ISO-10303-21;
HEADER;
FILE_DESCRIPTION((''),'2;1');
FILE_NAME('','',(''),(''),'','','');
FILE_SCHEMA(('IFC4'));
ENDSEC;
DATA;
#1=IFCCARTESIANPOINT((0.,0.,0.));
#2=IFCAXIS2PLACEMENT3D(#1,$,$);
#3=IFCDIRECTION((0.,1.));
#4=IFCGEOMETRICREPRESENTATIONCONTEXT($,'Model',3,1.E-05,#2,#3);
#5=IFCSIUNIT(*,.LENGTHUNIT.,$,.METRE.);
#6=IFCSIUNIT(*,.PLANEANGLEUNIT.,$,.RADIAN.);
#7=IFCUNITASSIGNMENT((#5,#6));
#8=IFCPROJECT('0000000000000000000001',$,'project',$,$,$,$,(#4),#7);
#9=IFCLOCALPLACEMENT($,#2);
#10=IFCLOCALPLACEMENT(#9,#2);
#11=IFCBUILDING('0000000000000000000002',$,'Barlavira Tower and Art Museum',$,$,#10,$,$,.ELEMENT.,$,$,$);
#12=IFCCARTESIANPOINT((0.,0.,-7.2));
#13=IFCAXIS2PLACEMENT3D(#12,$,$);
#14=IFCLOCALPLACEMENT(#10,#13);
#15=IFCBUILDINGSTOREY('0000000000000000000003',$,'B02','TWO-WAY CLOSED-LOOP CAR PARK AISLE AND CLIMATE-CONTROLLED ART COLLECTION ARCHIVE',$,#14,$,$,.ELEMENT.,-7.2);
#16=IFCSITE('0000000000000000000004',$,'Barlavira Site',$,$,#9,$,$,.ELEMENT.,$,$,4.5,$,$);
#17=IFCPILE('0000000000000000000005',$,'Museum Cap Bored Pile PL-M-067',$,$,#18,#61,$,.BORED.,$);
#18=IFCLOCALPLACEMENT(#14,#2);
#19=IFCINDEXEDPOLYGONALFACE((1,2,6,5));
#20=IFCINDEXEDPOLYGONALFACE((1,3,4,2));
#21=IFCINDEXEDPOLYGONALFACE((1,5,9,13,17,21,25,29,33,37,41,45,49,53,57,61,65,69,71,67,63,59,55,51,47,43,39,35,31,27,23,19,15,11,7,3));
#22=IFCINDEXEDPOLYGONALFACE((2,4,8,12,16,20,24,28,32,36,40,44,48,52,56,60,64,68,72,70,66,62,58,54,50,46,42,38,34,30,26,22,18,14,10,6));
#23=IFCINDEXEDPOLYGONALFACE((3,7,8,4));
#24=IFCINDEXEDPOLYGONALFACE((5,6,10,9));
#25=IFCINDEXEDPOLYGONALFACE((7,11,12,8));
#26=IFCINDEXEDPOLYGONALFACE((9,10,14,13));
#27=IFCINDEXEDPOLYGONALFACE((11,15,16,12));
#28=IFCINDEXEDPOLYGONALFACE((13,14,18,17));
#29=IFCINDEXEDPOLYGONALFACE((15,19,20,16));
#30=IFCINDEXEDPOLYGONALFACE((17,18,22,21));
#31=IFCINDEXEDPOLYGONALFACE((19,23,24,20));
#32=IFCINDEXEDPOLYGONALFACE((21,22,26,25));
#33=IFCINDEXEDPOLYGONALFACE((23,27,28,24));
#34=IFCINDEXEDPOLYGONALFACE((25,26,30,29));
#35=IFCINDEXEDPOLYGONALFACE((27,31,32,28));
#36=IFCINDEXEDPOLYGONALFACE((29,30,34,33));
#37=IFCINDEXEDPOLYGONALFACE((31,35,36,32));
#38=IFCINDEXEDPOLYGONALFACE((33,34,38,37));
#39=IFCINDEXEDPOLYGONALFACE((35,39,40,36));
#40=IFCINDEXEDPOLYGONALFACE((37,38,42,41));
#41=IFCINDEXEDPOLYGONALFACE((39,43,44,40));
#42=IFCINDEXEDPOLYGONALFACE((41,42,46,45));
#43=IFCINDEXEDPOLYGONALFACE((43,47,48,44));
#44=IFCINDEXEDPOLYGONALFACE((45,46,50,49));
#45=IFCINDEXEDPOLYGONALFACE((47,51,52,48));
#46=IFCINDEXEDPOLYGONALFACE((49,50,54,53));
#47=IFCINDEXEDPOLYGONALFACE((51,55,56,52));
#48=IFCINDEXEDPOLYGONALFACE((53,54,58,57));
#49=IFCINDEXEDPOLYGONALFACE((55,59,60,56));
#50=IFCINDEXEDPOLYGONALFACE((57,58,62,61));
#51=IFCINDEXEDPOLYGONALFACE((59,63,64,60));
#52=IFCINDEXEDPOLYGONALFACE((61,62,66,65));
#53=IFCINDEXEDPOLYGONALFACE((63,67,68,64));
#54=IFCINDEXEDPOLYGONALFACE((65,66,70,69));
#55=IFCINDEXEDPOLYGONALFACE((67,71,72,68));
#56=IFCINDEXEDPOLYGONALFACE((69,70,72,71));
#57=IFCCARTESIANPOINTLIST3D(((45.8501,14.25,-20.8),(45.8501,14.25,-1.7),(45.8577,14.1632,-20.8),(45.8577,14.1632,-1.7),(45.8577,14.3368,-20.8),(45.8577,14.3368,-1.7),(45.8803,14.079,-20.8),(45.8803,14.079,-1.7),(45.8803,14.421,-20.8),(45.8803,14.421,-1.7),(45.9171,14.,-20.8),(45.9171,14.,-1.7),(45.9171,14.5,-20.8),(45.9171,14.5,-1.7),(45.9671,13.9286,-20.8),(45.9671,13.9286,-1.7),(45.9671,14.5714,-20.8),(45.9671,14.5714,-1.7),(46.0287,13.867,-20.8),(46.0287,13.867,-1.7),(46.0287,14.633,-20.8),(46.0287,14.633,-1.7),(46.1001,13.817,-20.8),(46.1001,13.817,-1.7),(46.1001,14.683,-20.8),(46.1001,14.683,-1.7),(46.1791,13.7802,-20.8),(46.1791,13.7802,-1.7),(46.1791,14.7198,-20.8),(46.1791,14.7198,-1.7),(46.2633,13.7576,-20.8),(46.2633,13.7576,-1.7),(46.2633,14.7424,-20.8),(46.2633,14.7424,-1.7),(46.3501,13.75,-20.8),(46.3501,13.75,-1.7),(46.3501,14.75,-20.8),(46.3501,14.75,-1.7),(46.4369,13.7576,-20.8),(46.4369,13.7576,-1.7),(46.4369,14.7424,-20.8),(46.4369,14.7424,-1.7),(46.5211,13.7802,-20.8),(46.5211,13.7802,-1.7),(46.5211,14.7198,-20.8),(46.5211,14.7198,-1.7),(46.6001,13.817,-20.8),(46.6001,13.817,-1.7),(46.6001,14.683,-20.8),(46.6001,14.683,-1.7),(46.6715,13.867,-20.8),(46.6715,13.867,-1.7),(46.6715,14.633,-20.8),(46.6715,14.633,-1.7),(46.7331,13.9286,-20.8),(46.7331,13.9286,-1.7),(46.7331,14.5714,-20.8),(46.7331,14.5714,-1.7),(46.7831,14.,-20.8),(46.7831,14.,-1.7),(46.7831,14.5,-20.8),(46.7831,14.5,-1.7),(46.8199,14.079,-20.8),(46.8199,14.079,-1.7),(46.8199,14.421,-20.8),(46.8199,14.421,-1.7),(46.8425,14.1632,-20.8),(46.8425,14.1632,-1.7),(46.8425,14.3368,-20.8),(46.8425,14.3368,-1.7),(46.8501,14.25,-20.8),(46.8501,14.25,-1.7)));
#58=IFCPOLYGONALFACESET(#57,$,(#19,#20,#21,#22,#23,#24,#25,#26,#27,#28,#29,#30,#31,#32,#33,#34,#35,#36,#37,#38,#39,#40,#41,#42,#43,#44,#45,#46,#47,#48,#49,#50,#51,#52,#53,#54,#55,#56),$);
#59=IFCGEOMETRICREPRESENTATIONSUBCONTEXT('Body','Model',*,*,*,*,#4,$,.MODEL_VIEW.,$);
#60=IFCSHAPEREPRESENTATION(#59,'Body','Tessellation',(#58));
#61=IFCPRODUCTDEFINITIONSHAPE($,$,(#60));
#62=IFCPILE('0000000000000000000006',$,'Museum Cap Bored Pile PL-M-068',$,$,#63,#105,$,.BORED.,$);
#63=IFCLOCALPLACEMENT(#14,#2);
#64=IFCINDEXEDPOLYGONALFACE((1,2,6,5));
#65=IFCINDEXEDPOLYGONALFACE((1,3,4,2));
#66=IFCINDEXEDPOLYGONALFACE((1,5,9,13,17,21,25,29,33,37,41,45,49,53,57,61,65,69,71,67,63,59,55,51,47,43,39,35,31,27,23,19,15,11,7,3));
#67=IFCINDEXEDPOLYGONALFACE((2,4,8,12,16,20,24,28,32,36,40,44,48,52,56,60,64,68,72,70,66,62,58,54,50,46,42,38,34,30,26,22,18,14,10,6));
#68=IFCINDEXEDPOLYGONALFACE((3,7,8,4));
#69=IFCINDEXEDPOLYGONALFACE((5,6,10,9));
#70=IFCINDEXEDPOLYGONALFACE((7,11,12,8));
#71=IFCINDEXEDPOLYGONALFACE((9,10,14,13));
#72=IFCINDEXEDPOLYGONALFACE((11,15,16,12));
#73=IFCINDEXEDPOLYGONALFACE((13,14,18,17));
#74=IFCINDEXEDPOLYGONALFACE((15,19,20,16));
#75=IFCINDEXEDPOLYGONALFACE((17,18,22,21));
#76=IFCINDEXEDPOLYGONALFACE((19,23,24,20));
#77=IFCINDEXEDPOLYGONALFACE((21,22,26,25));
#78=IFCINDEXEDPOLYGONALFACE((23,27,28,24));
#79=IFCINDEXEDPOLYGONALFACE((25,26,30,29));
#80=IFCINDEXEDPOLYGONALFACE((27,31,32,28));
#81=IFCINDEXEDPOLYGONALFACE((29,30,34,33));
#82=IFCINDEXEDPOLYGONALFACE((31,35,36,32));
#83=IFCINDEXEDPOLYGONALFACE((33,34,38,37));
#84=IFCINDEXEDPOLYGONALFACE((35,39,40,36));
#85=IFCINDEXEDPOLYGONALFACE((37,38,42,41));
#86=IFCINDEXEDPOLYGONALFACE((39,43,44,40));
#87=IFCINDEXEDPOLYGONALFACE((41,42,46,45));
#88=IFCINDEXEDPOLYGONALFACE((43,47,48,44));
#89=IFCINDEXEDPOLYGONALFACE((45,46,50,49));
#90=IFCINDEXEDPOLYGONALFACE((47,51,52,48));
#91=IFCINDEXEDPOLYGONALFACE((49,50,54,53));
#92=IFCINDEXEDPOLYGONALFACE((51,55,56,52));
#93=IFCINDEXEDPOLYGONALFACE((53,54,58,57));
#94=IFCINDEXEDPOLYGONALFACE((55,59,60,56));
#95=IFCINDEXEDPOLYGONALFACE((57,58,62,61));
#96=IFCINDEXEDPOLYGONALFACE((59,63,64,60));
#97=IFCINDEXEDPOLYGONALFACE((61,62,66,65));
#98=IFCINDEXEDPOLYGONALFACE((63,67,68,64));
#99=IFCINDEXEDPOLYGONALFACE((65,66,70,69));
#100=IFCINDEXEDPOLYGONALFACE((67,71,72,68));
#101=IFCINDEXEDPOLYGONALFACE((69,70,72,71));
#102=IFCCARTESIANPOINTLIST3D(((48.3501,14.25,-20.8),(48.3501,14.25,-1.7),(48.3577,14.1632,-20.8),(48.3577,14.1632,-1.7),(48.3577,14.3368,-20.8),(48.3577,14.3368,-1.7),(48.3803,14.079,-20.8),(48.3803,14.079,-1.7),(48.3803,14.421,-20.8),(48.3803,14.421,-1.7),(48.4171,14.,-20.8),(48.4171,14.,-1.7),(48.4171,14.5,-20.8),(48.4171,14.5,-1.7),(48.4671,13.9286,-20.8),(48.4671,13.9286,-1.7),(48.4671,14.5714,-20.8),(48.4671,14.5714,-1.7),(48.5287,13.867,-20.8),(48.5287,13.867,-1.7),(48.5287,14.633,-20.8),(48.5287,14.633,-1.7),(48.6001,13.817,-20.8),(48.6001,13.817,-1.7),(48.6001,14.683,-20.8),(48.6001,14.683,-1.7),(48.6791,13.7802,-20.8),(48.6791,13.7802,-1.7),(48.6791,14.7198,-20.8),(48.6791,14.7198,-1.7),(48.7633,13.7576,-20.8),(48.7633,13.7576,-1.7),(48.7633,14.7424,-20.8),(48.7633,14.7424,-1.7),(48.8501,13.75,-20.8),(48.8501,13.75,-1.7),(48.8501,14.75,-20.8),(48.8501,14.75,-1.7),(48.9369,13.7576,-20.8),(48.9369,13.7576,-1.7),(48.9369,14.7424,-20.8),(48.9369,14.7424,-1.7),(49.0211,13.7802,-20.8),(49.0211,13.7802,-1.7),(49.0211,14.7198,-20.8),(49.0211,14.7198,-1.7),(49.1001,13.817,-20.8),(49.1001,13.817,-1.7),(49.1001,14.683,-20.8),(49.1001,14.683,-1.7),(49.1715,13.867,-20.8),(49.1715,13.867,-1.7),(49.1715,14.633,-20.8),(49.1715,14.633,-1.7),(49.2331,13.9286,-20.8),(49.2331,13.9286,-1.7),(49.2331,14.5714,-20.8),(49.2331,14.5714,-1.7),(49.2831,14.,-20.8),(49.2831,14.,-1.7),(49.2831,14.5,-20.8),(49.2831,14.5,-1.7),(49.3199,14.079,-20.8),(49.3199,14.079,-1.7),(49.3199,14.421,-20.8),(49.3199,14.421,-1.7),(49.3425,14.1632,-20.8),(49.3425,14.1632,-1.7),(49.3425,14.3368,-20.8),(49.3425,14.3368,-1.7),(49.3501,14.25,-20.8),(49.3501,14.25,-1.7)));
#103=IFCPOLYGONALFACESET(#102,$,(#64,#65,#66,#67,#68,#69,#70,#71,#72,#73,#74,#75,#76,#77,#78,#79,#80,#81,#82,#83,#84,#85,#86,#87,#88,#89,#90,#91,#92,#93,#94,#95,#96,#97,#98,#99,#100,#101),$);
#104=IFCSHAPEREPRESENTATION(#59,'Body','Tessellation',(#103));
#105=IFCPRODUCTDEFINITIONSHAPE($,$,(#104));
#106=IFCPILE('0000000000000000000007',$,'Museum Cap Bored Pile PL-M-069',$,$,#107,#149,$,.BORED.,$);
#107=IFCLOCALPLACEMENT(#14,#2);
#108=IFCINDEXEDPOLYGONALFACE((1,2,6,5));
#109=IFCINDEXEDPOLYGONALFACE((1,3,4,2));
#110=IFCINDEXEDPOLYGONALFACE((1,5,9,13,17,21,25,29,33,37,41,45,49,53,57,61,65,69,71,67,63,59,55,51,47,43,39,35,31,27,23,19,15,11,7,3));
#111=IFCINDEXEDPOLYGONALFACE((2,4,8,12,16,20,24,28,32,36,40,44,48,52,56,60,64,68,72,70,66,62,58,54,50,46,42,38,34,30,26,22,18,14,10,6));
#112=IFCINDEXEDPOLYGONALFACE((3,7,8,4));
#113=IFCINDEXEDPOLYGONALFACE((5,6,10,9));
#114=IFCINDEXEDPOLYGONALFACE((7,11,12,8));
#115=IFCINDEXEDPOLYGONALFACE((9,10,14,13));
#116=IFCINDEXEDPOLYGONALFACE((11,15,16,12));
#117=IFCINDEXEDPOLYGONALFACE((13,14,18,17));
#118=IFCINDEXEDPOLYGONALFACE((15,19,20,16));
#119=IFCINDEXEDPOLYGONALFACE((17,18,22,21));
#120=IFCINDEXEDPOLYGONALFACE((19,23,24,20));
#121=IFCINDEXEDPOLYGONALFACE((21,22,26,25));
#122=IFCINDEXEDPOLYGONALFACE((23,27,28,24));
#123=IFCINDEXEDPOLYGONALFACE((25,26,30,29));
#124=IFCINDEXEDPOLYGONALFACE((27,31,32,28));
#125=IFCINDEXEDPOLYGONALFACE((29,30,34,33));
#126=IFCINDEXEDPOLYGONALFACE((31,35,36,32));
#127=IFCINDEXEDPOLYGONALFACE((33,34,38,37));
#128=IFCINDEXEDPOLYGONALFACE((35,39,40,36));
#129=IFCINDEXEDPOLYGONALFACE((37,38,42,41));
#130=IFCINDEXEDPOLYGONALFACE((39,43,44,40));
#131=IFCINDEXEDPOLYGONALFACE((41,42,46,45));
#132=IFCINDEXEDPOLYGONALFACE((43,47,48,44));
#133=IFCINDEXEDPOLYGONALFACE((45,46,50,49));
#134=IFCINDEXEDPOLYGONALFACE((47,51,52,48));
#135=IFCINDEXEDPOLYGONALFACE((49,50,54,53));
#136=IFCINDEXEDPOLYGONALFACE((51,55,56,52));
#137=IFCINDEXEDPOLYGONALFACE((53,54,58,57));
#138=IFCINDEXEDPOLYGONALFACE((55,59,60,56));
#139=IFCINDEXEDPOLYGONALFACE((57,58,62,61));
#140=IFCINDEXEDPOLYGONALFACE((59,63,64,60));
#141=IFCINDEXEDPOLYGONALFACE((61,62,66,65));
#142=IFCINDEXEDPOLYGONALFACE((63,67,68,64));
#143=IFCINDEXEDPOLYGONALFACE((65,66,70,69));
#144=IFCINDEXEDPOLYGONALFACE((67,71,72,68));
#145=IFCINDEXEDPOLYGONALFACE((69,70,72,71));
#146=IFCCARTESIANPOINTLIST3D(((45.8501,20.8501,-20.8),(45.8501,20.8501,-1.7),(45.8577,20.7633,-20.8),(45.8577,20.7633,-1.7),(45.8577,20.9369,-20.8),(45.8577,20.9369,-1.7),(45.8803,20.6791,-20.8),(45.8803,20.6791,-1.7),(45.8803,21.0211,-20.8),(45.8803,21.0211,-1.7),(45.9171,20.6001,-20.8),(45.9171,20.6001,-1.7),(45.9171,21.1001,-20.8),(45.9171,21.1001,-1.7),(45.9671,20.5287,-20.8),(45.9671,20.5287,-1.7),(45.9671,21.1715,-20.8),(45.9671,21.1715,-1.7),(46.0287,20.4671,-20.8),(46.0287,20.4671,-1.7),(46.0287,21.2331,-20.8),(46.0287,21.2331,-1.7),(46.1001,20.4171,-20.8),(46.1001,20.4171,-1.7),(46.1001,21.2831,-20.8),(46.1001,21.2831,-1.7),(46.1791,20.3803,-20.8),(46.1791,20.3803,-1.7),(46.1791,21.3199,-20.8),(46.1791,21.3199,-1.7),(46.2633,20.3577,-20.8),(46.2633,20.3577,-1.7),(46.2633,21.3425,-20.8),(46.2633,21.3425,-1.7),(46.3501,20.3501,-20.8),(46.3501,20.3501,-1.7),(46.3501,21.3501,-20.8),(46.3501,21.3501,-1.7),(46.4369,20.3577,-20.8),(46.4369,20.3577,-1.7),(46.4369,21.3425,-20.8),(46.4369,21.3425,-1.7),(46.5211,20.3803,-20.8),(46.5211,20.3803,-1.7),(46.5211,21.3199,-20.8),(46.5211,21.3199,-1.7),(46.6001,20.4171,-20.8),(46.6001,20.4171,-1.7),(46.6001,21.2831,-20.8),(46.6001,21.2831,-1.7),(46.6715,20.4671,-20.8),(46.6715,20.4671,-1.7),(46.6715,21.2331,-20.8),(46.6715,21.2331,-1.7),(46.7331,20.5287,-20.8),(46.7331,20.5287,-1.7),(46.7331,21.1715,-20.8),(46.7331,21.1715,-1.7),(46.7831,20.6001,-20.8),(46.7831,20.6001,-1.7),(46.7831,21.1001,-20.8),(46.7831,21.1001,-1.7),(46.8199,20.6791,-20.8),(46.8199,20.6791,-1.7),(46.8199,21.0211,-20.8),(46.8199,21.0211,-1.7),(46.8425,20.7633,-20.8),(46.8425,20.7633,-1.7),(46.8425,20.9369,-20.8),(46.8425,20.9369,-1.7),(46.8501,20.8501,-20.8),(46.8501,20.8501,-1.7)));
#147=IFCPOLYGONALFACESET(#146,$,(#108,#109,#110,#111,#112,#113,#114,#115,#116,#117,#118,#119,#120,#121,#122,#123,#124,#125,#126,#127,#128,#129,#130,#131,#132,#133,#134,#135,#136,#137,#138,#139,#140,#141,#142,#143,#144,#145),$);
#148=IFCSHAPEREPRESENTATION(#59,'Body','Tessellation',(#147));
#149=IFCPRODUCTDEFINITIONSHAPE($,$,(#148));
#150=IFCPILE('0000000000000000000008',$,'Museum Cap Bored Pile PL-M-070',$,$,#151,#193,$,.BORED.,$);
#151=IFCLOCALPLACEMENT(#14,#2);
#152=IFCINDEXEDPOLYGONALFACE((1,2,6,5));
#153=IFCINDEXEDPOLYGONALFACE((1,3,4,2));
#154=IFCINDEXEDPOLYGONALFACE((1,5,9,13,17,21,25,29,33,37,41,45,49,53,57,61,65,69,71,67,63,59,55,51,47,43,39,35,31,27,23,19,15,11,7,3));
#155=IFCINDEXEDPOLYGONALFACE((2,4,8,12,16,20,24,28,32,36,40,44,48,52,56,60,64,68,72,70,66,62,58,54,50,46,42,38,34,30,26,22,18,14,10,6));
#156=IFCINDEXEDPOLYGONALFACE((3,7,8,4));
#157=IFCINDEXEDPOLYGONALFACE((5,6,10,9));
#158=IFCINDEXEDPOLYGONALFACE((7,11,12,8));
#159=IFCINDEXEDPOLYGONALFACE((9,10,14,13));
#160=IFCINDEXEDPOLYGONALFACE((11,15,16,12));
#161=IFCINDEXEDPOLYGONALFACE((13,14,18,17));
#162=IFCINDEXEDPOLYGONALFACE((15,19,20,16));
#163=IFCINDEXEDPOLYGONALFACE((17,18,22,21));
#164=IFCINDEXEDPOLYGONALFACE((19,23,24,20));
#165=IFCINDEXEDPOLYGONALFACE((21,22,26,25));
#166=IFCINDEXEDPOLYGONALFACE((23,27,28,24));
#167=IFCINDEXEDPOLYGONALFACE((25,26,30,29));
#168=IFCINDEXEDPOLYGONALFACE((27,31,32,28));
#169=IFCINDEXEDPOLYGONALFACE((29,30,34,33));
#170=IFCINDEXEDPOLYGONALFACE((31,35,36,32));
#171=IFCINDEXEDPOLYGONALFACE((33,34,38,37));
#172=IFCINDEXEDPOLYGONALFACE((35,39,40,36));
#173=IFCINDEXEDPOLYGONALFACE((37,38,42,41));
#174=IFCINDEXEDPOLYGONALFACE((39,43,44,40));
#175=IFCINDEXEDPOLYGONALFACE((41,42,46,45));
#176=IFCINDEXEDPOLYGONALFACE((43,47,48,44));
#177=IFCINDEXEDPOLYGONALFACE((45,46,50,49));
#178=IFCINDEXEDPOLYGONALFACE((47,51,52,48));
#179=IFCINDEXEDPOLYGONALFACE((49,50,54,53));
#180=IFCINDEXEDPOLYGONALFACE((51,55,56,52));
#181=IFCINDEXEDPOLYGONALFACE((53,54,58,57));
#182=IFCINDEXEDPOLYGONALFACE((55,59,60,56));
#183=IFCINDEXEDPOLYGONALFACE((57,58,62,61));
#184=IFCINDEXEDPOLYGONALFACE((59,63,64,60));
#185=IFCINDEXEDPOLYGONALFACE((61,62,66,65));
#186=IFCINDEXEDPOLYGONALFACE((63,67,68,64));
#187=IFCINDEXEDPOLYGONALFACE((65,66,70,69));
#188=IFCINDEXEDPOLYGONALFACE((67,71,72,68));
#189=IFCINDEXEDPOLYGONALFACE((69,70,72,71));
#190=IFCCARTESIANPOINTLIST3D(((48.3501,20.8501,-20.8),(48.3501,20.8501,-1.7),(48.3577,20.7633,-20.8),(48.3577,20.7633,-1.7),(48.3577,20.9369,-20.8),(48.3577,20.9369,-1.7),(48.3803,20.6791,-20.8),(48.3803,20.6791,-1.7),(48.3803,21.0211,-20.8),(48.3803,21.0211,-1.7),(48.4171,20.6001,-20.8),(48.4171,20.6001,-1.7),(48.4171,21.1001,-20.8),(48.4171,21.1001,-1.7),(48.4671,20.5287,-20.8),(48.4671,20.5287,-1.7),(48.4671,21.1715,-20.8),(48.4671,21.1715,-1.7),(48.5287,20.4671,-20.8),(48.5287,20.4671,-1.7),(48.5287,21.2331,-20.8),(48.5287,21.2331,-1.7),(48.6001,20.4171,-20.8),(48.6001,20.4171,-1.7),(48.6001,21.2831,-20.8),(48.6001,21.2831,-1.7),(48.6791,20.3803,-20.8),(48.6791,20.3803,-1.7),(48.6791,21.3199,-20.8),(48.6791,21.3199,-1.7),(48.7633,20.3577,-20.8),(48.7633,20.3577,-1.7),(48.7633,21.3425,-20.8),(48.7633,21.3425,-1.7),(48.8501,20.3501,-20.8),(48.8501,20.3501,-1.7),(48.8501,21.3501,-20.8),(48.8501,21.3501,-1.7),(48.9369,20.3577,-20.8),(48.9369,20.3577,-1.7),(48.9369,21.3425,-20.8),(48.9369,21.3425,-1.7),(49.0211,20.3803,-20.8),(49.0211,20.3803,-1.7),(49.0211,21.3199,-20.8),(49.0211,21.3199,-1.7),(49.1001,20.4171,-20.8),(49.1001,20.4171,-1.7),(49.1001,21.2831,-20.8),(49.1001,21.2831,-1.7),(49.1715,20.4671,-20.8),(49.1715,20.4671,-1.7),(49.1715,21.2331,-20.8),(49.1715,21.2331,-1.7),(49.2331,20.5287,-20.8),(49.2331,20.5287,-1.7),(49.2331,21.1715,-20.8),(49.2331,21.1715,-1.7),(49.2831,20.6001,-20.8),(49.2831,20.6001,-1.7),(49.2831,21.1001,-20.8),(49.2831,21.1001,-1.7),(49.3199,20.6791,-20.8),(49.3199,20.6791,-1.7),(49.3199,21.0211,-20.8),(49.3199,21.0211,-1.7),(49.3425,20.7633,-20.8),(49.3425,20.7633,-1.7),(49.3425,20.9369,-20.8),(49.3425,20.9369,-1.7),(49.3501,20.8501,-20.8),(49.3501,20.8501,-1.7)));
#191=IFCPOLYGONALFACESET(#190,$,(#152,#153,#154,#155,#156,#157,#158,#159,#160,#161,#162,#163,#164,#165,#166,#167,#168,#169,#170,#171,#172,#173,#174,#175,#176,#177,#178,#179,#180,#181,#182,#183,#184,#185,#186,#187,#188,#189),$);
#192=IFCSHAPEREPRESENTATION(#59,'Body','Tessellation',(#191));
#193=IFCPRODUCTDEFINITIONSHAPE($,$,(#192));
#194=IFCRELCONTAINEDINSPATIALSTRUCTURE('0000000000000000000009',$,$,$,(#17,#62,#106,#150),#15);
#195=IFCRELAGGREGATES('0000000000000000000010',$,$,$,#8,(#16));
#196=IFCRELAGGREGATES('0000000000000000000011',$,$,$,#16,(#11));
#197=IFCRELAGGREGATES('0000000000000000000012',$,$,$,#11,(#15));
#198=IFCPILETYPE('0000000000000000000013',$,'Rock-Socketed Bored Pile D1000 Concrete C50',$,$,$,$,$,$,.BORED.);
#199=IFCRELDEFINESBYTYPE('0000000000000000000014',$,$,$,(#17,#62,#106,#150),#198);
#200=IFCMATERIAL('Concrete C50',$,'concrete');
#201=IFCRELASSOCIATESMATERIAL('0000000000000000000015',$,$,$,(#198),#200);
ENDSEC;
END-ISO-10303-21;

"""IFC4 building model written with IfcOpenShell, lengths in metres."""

from ifc_helpers import new_model, si_unit, direction, frame, origin, origin_2d, place, context, subcontext, project, spatial, circle, extrude, material, material_profile, profile_set, type_object, element, save


model = new_model("IFC4")

# Units and contexts
model_context = context("Model", 3, precision=1e-05, world=origin(), true_north=direction((0.0, 1.0)))
body_context = subcontext(model_context, "Body", "Model", "MODEL_VIEW")
ifc_project = project(units=[si_unit("LENGTHUNIT", "METRE"), si_unit("PLANEANGLEUNIT", "RADIAN")], contexts=[model_context])

# Site, building, storey
site_placement = place(None, origin())
site = spatial("IfcSite", under=ifc_project, at=site_placement, Name="Barlavira Site", CompositionType="ELEMENT", RefElevation=4.5)
building_placement = place(site_placement, origin())
building = spatial("IfcBuilding", under=site, at=building_placement, Name="Barlavira Tower and Art Museum", CompositionType="ELEMENT")
storey_placement = place(building_placement, frame((0.0, 0.0, -7.2)))
storey = spatial("IfcBuildingStorey", under=building, at=storey_placement, Name="B02", Description="TWO-WAY CLOSED-LOOP CAR PARK AISLE AND CLIMATE-CONTROLLED ART COLLECTION ARCHIVE", CompositionType="ELEMENT", Elevation=-7.2)

# Shared definitions
ifc_material_1 = material(Name="Concrete C50", Category="concrete")

# Piles
ifc_material_profile_1 = material_profile(ifc_material_1, circle(Radius=0.5, at=origin_2d()), Name="BORED PILE D1000")
ifc_profile_set_1 = profile_set([ifc_material_profile_1], Name="Concrete C50")
pile_type = type_object("IfcPileType", Name="Rock-Socketed Bored Pile D1000 Concrete C50", PredefinedType="BORED", material=ifc_profile_set_1)
for number, where, z_axis, x_axis, name in (
    (1, (46.3501, 14.25, -1.7), (0.0, 0.0, -1.0), (1.0, 0.0, 0.0), "Museum Cap Bored Pile PL-M-067"),
    (2, (48.8501, 14.25, -1.7), (0.0, 0.0, -1.0), (1.0, 0.0, 0.0), "Museum Cap Bored Pile PL-M-068"),
    (3, (46.3501, 20.8501, -1.7), (0.0, 0.0, -1.0), (1.0, 0.0, 0.0), "Museum Cap Bored Pile PL-M-069"),
    (4, (48.8501, 20.8501, -1.7), (0.0, 0.0, -1.0), (1.0, 0.0, 0.0), "Museum Cap Bored Pile PL-M-070"),
):
    element("IfcPile", number, at=place(storey_placement, frame(where, z_axis=z_axis, x_axis=x_axis)), inside=storey, type_object=pile_type, Name=name, PredefinedType="BORED", context=body_context, shape_type="SweptSolid", body=[
        extrude(circle(Radius=0.5, at=origin_2d()), origin(), (0.0, 0.0, 1.0), 19.1001),
    ])

save(model, "model.ifc")
